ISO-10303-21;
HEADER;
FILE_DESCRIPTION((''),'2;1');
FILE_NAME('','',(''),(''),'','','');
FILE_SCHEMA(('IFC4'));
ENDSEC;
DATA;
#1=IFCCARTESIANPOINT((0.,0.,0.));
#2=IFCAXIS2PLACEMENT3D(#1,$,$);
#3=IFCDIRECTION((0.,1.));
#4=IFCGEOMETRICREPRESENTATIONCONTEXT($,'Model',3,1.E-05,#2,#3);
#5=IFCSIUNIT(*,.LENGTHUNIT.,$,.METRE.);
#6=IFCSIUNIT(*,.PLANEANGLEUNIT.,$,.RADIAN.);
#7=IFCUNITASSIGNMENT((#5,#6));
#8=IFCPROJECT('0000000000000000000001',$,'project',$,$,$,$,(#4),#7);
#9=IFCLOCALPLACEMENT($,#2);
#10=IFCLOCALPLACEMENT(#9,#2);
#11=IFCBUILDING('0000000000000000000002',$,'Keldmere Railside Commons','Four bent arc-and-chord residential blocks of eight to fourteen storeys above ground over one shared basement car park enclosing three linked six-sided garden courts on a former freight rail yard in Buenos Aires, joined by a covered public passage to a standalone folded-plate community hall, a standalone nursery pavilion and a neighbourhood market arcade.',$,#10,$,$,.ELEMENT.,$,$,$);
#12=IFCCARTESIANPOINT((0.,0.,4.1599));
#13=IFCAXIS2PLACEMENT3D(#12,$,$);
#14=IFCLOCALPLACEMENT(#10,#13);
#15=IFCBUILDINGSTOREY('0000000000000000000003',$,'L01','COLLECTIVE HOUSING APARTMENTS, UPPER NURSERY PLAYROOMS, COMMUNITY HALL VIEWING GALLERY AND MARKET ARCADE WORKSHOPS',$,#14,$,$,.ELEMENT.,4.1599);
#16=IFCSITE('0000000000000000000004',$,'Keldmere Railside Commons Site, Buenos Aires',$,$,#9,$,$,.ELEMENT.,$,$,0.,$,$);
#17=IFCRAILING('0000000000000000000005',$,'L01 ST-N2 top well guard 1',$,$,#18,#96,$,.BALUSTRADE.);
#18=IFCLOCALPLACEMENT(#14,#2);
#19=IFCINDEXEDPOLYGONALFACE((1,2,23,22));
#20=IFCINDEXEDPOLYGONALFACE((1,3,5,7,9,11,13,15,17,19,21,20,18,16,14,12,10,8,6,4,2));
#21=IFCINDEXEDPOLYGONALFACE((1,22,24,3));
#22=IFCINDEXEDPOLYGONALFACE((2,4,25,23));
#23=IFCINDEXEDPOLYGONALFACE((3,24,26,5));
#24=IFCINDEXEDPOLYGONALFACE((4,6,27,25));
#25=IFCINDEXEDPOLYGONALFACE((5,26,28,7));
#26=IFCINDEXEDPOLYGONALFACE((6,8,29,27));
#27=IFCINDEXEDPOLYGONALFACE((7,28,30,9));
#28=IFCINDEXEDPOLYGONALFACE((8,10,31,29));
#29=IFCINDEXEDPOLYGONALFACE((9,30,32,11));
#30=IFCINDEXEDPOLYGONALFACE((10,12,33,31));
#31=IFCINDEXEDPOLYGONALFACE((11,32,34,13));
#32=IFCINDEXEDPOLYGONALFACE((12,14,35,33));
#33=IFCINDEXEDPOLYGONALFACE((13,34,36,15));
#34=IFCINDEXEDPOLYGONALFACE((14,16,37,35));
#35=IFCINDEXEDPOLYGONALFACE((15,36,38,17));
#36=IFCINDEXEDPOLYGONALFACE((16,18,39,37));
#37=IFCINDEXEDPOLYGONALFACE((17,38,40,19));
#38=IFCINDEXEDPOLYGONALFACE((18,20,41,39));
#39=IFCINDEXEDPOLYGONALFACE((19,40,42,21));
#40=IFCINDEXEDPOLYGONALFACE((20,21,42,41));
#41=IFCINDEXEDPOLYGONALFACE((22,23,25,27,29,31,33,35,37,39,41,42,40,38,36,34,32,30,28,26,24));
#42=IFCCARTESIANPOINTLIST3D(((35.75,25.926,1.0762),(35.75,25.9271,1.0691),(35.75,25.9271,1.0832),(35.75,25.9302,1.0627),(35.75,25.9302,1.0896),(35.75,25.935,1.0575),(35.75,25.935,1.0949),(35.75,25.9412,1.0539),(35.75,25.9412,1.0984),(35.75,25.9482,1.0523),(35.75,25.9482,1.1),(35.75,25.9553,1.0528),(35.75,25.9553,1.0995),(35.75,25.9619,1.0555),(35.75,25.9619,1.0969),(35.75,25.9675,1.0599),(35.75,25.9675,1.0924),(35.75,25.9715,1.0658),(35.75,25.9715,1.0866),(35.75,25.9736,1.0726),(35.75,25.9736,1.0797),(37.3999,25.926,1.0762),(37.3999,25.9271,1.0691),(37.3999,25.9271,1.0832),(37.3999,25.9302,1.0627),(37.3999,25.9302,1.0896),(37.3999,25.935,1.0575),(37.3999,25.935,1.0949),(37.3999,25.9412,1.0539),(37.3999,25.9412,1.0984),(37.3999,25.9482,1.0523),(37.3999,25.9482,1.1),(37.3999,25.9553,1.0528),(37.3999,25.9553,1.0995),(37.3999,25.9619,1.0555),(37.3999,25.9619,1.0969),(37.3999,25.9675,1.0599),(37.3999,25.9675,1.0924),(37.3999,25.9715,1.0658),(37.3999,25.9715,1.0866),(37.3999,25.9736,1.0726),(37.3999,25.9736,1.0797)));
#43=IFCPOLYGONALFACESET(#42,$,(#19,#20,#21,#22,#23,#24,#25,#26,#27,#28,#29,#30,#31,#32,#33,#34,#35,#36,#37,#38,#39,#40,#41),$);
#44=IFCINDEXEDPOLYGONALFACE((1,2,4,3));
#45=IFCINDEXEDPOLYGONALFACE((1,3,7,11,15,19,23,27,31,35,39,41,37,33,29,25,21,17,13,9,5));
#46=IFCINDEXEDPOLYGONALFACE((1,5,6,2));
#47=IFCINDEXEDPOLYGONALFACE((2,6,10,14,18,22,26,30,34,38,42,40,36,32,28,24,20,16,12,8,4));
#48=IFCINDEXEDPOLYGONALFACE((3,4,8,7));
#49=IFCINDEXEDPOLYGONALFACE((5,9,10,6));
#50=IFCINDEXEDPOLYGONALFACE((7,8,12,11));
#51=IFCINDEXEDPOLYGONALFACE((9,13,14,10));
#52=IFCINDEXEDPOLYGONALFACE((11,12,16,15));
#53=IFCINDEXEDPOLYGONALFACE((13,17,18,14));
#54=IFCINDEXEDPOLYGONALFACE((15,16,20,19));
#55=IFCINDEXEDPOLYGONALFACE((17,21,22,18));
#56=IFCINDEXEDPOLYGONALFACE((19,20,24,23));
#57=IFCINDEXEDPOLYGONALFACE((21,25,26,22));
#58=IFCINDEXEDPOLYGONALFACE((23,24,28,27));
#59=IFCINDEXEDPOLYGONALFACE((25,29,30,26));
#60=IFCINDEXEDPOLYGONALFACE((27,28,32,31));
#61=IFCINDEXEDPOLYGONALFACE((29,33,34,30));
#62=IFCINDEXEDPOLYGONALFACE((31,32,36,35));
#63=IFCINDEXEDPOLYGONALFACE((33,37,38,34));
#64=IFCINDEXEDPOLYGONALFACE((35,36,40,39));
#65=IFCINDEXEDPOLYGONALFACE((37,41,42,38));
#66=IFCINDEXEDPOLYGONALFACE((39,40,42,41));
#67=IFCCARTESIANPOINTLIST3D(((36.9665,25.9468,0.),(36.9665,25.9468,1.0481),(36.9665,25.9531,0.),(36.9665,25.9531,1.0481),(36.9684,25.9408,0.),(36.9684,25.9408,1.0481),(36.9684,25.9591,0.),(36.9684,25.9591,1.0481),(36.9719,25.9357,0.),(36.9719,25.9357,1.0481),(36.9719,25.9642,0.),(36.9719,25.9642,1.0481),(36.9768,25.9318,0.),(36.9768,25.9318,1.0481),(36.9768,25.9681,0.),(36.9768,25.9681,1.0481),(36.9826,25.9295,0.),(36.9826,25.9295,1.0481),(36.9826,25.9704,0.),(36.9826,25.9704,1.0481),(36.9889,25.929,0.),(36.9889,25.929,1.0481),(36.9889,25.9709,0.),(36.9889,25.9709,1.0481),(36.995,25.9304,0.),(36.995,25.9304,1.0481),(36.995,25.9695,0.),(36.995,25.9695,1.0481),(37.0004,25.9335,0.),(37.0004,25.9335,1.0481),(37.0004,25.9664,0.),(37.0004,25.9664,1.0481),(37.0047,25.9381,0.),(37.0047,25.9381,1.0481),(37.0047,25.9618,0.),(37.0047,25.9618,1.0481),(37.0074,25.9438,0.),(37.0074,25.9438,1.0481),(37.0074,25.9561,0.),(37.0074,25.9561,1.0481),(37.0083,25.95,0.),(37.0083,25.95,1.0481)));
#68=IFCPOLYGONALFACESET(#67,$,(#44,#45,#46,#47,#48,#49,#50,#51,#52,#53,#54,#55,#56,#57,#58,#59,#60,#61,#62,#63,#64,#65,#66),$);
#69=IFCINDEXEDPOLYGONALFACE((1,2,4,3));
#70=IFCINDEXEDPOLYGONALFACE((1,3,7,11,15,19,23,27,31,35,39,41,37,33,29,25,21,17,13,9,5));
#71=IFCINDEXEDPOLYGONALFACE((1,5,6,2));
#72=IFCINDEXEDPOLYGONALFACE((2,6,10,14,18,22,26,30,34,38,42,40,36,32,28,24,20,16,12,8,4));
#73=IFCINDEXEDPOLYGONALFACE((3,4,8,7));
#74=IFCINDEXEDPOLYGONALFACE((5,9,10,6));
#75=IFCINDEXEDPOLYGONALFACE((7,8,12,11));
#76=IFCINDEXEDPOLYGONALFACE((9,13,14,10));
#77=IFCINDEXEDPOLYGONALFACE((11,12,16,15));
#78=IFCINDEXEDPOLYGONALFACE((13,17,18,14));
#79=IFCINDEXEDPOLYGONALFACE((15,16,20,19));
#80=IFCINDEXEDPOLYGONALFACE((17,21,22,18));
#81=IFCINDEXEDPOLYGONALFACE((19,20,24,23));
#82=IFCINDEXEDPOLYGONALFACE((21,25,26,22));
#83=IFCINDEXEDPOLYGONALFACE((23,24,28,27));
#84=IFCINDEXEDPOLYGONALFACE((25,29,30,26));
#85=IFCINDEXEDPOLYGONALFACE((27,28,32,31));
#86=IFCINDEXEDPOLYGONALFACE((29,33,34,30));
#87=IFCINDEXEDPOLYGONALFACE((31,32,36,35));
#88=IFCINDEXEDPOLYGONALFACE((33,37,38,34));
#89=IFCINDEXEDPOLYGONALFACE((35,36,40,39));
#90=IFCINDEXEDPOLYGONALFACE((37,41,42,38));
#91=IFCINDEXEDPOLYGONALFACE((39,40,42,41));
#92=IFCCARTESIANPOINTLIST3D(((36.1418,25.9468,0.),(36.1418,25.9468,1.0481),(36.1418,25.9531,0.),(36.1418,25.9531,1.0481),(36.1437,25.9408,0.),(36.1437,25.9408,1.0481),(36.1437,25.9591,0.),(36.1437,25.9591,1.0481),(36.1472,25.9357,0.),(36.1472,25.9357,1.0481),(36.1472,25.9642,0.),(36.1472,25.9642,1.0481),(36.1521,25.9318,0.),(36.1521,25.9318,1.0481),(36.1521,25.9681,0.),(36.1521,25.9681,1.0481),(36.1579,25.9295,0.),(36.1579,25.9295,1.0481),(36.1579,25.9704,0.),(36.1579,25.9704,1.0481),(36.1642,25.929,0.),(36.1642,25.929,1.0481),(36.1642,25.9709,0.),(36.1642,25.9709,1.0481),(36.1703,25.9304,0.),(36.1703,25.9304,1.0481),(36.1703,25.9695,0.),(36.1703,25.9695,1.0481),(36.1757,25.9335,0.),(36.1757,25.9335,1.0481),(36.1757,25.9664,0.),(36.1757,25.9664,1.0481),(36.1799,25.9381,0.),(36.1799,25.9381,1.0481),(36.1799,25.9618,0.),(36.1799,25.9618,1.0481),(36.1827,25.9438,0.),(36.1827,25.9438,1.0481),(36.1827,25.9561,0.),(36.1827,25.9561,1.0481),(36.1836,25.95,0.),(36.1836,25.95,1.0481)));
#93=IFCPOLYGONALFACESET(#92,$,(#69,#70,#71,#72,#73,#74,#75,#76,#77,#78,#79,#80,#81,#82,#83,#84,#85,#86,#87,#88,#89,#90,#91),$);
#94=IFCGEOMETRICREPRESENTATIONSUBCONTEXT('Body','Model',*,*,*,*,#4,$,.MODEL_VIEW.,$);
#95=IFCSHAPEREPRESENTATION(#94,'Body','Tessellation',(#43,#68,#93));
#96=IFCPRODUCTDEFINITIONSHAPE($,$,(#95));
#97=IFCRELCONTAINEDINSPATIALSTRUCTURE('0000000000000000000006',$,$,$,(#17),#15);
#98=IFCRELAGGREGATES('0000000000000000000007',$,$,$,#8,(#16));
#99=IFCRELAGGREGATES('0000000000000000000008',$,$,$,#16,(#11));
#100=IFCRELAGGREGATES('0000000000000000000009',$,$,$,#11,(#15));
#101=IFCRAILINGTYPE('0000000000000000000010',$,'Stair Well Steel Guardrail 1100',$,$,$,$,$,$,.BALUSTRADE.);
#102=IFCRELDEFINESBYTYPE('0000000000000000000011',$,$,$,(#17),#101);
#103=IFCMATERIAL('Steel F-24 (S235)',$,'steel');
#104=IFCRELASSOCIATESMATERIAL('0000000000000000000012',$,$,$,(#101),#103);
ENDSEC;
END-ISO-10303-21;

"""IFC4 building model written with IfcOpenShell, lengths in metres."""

from ifc_helpers import new_model, si_unit, direction, frame, origin, origin_2d, place, context, subcontext, project, spatial, circle, extrude, material, type_object, element, save


model = new_model("IFC4")

# Units and contexts
model_context = context("Model", 3, precision=1e-05, world=origin(), true_north=direction((0.0, 1.0)))
body_context = subcontext(model_context, "Body", "Model", "MODEL_VIEW")
ifc_project = project(units=[si_unit("LENGTHUNIT", "METRE"), si_unit("PLANEANGLEUNIT", "RADIAN")], contexts=[model_context])

# Site, building, storey
site_placement = place(None, origin())
site = spatial("IfcSite", under=ifc_project, at=site_placement, Name="Keldmere Railside Commons Site, Buenos Aires", CompositionType="ELEMENT", RefElevation=0.0)
building_placement = place(site_placement, origin())
building = spatial("IfcBuilding", under=site, at=building_placement, Name="Keldmere Railside Commons", Description="Four bent arc-and-chord residential blocks of eight to fourteen storeys above ground over one shared basement car park enclosing three linked six-sided garden courts on a former freight rail yard in Buenos Aires, joined by a covered public passage to a standalone folded-plate community hall, a standalone nursery pavilion and a neighbourhood market arcade.", CompositionType="ELEMENT")
storey_placement = place(building_placement, frame((0.0, 0.0, 4.1599)))
storey = spatial("IfcBuildingStorey", under=building, at=storey_placement, Name="L01", Description="COLLECTIVE HOUSING APARTMENTS, UPPER NURSERY PLAYROOMS, COMMUNITY HALL VIEWING GALLERY AND MARKET ARCADE WORKSHOPS", CompositionType="ELEMENT", Elevation=4.1599)

# Shared definitions
ifc_material_1 = material(Name="Steel F-24 (S235)", Category="steel")

# Railing
railing_type = type_object("IfcRailingType", Name="Stair Well Steel Guardrail 1100", PredefinedType="BALUSTRADE", material=ifc_material_1)
railing_1_placement = place(storey_placement, frame((37.3999, 25.95, 0.0)))
element("IfcRailing", 1, at=railing_1_placement, inside=storey, type_object=railing_type, Name="L01 ST-N2 top well guard 1", PredefinedType="BALUSTRADE", context=body_context, shape_type="SweptSolid", body=[
    extrude(circle(Radius=0.0239, at=origin_2d()), frame((0.0, 0.0, 1.0762), z_axis=(-1.0, 0.0, 0.0), x_axis=(0.0, -1.0, 0.0)), (0.0, 0.0, 1.0), 1.6499),
    extrude(circle(Radius=0.021, at=origin_2d()), frame((-0.4126, 0.0, 0.0)), (0.0, 0.0, 1.0), 1.0481),
    extrude(circle(Radius=0.021, at=origin_2d()), frame((-1.2373, 0.0, 0.0)), (0.0, 0.0, 1.0), 1.0481),
])

save(model, "model.ifc")
